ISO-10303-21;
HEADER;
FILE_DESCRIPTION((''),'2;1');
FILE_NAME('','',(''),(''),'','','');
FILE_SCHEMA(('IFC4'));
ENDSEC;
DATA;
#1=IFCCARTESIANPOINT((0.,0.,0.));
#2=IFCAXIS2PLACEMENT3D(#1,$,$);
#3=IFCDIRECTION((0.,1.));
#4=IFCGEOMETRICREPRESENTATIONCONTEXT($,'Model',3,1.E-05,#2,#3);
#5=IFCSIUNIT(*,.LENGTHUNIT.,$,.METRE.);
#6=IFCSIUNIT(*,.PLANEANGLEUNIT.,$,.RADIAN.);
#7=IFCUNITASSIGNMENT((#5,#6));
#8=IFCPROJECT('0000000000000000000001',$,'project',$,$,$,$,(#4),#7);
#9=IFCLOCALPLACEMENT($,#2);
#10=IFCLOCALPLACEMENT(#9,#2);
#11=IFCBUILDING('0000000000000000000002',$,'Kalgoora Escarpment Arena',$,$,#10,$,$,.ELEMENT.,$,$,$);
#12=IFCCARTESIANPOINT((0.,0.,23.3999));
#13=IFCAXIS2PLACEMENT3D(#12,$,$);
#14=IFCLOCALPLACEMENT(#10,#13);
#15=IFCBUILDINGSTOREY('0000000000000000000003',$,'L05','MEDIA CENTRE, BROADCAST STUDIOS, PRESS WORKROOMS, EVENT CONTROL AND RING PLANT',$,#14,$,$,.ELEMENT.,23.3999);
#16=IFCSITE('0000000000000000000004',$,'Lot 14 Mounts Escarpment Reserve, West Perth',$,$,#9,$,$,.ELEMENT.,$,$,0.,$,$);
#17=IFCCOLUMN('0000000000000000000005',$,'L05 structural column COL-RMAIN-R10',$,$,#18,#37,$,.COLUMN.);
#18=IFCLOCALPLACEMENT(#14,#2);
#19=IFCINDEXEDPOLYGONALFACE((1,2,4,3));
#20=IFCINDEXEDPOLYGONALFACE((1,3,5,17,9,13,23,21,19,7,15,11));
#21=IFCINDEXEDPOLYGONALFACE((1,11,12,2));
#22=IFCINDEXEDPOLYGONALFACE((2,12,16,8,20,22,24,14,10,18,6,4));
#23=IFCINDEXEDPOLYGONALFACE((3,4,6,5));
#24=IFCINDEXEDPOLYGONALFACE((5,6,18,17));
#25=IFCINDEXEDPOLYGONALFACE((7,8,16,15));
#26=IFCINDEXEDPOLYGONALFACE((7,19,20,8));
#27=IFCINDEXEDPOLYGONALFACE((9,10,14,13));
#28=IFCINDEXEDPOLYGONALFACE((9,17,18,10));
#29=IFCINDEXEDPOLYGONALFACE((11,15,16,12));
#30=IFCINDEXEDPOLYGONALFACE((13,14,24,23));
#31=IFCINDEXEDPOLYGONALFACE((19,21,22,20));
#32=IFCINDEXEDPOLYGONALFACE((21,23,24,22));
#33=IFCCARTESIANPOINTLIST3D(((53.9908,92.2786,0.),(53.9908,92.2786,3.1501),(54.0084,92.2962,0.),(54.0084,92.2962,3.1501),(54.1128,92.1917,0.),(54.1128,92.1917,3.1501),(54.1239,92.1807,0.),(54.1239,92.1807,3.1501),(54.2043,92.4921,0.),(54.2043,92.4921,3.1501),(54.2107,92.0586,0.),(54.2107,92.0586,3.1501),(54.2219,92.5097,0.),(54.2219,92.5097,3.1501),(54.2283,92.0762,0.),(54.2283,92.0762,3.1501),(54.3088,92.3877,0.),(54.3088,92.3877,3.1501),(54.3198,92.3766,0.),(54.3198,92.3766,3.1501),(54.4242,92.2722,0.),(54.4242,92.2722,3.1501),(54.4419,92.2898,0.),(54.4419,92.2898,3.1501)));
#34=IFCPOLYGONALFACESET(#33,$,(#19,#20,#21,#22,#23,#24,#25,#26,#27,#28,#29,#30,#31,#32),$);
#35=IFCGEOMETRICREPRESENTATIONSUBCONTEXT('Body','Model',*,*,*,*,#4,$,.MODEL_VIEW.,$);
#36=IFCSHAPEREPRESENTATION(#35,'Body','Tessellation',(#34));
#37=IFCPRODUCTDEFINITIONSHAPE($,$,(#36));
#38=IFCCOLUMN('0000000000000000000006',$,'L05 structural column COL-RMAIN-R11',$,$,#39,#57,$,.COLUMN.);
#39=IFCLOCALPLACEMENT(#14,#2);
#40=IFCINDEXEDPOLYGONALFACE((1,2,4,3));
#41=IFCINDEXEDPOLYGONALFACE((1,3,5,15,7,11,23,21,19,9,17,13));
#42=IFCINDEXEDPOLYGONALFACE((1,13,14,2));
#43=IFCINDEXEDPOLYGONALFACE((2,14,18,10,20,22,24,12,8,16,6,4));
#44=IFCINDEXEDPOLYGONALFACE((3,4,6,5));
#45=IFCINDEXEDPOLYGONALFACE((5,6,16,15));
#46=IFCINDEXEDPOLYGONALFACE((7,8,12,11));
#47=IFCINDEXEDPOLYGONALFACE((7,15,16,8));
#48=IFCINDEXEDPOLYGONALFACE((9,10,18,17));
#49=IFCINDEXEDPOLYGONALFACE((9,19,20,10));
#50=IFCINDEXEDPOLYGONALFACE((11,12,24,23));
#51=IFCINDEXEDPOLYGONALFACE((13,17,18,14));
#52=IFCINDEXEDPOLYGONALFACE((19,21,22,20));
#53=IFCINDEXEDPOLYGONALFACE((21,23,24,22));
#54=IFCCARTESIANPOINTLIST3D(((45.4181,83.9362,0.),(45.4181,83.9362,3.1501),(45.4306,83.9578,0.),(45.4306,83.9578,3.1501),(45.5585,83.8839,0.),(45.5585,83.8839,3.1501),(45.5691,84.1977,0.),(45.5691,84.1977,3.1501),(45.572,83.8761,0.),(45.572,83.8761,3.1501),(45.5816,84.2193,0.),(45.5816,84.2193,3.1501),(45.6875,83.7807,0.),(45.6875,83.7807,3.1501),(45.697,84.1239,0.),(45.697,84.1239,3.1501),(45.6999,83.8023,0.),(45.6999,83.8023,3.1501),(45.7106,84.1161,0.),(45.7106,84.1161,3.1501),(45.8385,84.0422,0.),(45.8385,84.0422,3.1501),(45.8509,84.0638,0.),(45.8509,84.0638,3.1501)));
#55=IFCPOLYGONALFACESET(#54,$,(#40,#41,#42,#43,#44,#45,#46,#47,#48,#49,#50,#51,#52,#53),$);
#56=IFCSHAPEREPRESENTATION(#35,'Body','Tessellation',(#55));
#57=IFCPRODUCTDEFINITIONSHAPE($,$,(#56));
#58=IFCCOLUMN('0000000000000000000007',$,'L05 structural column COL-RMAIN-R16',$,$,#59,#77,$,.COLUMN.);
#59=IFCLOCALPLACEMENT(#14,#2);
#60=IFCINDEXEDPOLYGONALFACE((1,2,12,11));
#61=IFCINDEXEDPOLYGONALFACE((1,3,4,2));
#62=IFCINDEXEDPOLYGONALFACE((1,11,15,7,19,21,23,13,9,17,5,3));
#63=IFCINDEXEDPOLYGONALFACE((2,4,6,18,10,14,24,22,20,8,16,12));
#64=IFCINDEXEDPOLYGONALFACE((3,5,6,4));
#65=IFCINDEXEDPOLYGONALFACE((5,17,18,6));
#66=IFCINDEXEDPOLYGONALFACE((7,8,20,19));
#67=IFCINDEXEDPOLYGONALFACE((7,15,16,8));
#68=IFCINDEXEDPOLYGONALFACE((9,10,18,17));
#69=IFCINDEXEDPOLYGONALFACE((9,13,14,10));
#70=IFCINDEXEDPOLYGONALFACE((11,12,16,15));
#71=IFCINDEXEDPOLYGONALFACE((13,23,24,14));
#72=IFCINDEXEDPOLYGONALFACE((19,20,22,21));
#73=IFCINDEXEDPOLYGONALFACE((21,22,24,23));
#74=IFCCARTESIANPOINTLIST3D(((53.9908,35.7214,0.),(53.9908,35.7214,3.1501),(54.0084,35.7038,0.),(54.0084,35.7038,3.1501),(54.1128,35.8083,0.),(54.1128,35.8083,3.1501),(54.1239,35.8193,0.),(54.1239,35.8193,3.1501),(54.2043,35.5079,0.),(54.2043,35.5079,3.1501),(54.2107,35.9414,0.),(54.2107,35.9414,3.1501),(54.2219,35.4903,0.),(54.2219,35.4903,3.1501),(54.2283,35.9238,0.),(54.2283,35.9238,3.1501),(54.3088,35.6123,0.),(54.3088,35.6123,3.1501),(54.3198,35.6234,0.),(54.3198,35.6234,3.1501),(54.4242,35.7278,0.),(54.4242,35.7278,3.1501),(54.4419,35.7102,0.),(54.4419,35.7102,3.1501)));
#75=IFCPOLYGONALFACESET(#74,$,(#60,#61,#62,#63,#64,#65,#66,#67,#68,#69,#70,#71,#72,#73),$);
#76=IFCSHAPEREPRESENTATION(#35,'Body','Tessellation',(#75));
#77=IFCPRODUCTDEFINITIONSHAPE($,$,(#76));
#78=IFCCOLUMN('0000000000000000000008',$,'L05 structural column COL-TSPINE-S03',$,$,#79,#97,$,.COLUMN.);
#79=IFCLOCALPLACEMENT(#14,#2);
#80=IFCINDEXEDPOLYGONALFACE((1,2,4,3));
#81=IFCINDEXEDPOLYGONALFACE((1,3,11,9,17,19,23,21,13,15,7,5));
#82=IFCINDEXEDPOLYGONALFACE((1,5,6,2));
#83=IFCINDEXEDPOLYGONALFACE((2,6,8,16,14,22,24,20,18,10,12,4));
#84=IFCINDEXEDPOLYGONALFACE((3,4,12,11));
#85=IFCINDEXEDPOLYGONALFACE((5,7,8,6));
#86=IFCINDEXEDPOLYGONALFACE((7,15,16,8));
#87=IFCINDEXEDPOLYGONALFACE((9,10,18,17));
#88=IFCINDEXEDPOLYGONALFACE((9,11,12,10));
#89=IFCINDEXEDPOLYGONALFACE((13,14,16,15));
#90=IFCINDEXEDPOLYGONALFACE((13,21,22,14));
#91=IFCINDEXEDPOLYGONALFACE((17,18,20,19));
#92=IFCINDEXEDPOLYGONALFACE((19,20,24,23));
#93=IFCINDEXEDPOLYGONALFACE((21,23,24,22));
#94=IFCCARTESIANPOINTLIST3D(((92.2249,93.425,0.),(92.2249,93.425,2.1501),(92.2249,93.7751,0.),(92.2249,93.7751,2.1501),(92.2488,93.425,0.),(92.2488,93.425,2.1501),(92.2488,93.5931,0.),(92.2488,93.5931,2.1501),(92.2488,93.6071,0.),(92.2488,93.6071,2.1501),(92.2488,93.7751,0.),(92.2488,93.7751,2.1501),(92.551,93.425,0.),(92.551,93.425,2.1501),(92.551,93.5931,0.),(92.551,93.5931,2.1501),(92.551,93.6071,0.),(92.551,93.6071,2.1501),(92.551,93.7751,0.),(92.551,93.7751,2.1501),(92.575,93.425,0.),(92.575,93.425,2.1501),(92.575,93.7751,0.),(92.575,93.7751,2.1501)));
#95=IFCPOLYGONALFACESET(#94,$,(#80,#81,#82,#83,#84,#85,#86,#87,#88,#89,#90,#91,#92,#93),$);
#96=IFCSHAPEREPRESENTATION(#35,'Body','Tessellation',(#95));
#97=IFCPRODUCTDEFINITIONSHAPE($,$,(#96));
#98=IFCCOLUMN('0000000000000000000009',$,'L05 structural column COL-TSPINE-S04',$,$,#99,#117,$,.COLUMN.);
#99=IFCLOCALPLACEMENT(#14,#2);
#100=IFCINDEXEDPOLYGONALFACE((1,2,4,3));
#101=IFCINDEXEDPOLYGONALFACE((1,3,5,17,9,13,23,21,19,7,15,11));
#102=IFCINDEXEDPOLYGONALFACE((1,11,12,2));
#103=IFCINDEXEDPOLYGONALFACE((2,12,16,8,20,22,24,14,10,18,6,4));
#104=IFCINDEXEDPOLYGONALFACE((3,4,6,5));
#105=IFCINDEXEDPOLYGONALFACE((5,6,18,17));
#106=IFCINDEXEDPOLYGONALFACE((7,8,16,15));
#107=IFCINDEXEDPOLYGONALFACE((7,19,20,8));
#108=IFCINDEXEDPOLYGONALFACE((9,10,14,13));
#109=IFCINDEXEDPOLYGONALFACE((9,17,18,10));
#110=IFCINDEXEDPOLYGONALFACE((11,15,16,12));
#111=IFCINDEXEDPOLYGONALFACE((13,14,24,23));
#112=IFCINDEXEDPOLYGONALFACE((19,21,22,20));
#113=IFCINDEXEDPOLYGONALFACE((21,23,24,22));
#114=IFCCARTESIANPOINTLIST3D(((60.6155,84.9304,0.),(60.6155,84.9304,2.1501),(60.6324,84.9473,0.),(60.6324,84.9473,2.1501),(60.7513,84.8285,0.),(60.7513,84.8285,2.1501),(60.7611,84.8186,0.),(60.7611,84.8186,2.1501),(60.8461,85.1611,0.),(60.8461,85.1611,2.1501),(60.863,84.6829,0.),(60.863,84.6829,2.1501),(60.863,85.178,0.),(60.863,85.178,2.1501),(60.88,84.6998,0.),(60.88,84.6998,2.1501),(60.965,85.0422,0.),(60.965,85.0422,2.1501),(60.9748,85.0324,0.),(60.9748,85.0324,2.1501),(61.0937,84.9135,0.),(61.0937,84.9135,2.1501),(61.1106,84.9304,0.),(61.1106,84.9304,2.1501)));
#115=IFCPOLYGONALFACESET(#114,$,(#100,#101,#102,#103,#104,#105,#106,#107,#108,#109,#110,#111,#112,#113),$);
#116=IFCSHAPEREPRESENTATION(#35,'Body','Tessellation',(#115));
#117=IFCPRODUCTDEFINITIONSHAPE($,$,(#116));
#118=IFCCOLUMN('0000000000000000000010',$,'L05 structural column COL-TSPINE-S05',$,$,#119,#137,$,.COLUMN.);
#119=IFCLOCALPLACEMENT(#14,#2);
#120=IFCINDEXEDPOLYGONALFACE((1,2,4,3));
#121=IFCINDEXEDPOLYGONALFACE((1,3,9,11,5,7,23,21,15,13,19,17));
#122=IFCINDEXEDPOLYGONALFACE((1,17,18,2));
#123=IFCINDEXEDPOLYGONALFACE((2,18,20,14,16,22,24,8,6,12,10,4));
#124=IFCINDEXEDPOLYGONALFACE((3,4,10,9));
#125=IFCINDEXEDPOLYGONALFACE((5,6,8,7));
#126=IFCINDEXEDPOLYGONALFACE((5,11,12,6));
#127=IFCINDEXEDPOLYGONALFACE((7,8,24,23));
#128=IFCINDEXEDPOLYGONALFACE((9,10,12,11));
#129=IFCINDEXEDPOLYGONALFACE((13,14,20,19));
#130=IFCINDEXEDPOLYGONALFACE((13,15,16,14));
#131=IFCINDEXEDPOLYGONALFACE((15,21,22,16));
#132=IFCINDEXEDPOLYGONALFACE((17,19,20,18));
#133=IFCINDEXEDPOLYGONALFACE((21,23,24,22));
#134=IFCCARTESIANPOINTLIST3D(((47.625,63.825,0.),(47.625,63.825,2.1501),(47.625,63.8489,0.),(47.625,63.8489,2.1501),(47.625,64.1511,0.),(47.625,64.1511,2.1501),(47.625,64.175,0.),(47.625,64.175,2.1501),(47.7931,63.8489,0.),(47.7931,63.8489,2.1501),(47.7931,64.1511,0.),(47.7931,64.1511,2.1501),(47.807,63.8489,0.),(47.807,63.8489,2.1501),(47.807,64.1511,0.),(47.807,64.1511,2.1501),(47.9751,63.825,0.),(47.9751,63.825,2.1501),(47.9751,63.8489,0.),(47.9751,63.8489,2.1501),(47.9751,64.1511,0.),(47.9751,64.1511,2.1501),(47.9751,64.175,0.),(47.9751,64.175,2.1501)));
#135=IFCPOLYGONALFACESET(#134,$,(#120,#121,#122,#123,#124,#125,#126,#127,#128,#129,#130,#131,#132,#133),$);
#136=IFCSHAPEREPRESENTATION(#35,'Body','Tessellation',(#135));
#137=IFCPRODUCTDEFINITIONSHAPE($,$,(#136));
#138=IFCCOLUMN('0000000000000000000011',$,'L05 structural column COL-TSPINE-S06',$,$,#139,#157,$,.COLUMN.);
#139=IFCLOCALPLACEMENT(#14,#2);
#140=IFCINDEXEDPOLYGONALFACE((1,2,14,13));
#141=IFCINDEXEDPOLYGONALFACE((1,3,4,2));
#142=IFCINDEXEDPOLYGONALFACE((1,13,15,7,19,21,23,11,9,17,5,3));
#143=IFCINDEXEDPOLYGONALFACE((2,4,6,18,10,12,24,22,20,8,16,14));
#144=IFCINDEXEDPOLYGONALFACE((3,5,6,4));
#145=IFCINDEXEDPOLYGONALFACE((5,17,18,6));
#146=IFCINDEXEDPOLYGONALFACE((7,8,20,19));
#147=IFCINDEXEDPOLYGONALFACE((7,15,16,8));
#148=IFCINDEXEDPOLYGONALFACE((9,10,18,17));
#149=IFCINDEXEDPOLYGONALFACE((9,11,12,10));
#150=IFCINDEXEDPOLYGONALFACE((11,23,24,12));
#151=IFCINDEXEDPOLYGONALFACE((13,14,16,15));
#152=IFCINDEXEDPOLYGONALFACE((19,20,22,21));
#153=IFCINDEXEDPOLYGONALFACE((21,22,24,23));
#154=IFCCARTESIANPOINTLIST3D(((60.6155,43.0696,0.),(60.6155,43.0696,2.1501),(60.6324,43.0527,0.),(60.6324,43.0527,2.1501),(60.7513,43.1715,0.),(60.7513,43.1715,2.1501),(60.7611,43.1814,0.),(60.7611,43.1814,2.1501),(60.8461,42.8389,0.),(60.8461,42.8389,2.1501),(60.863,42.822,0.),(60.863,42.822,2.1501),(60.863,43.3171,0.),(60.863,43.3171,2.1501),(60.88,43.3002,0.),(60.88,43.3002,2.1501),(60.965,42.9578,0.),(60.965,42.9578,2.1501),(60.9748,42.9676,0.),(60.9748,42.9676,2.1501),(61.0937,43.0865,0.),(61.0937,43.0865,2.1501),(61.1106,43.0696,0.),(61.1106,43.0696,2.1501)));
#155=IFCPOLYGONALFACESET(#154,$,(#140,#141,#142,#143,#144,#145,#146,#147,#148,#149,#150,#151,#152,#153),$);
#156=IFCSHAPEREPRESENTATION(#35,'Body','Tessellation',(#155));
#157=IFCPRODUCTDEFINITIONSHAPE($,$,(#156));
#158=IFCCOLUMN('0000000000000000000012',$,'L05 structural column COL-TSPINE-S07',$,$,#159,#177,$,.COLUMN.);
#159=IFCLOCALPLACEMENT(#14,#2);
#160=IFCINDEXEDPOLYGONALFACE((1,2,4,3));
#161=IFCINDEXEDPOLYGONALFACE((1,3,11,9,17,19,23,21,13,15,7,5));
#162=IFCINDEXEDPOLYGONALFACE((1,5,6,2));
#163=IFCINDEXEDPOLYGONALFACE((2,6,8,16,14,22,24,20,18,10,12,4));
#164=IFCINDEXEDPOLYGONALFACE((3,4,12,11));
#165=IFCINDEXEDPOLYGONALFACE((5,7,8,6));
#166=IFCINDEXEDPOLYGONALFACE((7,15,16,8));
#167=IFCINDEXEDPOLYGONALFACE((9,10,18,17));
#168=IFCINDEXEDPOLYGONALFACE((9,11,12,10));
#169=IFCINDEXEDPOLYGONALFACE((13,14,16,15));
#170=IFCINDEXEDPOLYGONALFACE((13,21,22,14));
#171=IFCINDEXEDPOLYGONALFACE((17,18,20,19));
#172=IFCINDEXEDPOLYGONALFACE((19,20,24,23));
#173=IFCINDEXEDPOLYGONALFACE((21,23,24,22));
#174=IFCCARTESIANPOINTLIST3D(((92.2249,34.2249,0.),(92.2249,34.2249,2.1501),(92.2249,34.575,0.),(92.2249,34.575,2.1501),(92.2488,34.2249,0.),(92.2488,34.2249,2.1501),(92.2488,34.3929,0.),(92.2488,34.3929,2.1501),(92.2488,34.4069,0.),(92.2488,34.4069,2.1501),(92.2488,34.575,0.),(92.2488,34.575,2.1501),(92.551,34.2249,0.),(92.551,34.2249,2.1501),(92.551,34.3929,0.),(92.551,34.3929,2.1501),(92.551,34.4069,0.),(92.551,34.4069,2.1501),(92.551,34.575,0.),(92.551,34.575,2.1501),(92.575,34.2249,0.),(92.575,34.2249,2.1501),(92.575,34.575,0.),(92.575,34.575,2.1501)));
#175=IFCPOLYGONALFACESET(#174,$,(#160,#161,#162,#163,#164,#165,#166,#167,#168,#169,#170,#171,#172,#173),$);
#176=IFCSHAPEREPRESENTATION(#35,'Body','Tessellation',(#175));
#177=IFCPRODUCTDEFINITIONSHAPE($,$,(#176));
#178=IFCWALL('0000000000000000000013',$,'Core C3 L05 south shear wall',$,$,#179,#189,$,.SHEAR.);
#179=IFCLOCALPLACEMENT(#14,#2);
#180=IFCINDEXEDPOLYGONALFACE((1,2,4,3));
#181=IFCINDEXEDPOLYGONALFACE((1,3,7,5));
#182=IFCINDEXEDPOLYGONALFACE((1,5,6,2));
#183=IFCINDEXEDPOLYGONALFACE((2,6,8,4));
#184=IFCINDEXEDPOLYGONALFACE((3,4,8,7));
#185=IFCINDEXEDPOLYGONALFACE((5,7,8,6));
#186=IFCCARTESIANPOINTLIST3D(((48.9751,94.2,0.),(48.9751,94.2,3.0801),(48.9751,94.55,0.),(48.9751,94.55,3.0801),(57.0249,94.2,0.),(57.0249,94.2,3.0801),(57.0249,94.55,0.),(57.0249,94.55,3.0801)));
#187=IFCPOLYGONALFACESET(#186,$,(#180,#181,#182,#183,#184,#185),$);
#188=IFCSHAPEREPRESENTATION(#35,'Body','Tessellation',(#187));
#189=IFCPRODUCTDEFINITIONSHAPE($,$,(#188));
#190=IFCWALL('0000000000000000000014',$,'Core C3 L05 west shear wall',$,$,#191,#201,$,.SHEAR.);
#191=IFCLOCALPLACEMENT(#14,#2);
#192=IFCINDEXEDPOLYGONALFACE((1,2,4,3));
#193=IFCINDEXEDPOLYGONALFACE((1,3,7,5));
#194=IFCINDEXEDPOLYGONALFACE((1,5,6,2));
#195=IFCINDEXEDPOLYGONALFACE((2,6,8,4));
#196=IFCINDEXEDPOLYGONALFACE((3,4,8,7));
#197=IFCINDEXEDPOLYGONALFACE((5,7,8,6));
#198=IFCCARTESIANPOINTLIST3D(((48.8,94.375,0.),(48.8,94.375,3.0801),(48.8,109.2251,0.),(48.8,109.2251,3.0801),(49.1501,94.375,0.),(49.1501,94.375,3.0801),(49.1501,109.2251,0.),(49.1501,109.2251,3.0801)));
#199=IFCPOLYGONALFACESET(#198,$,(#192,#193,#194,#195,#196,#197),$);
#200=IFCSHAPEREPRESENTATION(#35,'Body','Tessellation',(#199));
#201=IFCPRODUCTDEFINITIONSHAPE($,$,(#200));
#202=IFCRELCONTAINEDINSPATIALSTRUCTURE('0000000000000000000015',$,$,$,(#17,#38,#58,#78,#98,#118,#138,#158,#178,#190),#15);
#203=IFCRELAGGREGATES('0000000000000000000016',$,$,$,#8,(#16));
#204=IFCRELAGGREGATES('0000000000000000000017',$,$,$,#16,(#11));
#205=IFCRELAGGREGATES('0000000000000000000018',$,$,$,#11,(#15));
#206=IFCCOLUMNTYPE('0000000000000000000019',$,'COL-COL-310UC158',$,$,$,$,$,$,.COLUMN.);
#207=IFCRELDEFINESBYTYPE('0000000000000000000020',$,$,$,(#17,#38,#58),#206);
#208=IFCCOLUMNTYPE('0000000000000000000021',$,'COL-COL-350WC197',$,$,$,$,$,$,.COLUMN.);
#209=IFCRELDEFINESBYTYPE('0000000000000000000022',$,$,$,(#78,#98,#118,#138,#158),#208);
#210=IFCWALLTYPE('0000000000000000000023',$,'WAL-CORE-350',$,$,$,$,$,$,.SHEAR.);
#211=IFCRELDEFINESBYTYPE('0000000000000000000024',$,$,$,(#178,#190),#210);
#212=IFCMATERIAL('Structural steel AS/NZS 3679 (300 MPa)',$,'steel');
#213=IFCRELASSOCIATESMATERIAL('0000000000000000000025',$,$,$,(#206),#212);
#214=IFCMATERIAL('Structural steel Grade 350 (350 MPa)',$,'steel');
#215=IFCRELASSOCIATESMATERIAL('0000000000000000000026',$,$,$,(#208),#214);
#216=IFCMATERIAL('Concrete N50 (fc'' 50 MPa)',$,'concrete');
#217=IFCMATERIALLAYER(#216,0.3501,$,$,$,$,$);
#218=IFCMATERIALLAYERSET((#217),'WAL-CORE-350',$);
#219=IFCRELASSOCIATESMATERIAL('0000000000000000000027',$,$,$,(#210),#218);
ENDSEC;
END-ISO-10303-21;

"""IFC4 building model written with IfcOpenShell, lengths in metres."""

from ifc_helpers import new_model, si_unit, direction, frame, frame_2d, origin, origin_2d, place, context, subcontext, project, spatial, rectangle, i_section, extrude, material, layer, layer_set, material_profile, profile_set, type_object, element, save


model = new_model("IFC4")

# Units and contexts
model_context = context("Model", 3, precision=1e-05, world=origin(), true_north=direction((0.0, 1.0)))
body_context = subcontext(model_context, "Body", "Model", "MODEL_VIEW")
ifc_project = project(units=[si_unit("LENGTHUNIT", "METRE"), si_unit("PLANEANGLEUNIT", "RADIAN")], contexts=[model_context])

# Site, building, storey
site_placement = place(None, origin())
site = spatial("IfcSite", under=ifc_project, at=site_placement, Name="Lot 14 Mounts Escarpment Reserve, West Perth", CompositionType="ELEMENT", RefElevation=0.0)
building_placement = place(site_placement, origin())
building = spatial("IfcBuilding", under=site, at=building_placement, Name="Kalgoora Escarpment Arena", CompositionType="ELEMENT")
storey_placement = place(building_placement, frame((0.0, 0.0, 23.3999)))
storey = spatial("IfcBuildingStorey", under=building, at=storey_placement, Name="L05", Description="MEDIA CENTRE, BROADCAST STUDIOS, PRESS WORKROOMS, EVENT CONTROL AND RING PLANT", CompositionType="ELEMENT", Elevation=23.3999)

# Columns
ifc_material_1 = material(Name="Structural steel AS/NZS 3679 (300 MPa)", Category="steel")
ifc_material_profile_1 = material_profile(ifc_material_1, i_section(OverallWidth=0.311, OverallDepth=0.3269, WebThickness=0.0156, FlangeThickness=0.0249, at=origin_2d()))
ifc_profile_set_1 = profile_set([ifc_material_profile_1], Name="Structural steel AS/NZS 3679 (300 MPa)")
column_type_1 = type_object("IfcColumnType", Name="COL-COL-310UC158", PredefinedType="COLUMN", material=ifc_profile_set_1)
for number, where, z_axis, x_axis, name in (
    (1, (54.2163, 92.2842, 0.0), (0.0, 0.0, 1.0), (-0.707107, 0.707107, 0.0), "L05 structural column COL-RMAIN-R10"),
    (2, (45.6345, 84.0, 0.0), (0.0, 0.0, 1.0), (-0.866025, 0.5, 0.0), "L05 structural column COL-RMAIN-R11"),
    (3, (54.2163, 35.7158, 0.0), (0.0, 0.0, 1.0), (-0.707107, -0.707107, 0.0), "L05 structural column COL-RMAIN-R16"),
):
    element("IfcColumn", number, at=place(storey_placement, frame(where, z_axis=z_axis, x_axis=x_axis)), inside=storey, type_object=column_type_1, Name=name, PredefinedType="COLUMN", context=body_context, shape_type="SweptSolid", body=[
        extrude(i_section(OverallWidth=0.311, OverallDepth=0.3269, WebThickness=0.0156, FlangeThickness=0.0249, at=origin_2d()), origin(), (0.0, 0.0, 1.0), 3.1501),
    ])
ifc_material_2 = material(Name="Structural steel Grade 350 (350 MPa)", Category="steel")
ifc_material_profile_2 = material_profile(ifc_material_2, i_section(OverallWidth=0.3501, OverallDepth=0.3501, WebThickness=0.0139, FlangeThickness=0.0239, at=origin_2d()))
ifc_profile_set_2 = profile_set([ifc_material_profile_2], Name="Structural steel Grade 350 (350 MPa)")
column_type_2 = type_object("IfcColumnType", Name="COL-COL-350WC197", PredefinedType="COLUMN", material=ifc_profile_set_2)
for number, where, z_axis, x_axis, name in (
    (4, (92.3999, 93.6001, 0.0), (0.0, 0.0, 1.0), (0.0, 1.0, 0.0), "L05 structural column COL-TSPINE-S03"),
    (5, (60.863, 84.9304, 0.0), (0.0, 0.0, 1.0), (-0.707107, 0.707107, 0.0), "L05 structural column COL-TSPINE-S04"),
    (6, (47.8, 64.0, 0.0), (0.0, 0.0, 1.0), (-1.0, 0.0, 0.0), "L05 structural column COL-TSPINE-S05"),
    (7, (60.863, 43.0696, 0.0), (0.0, 0.0, 1.0), (-0.707107, -0.707107, 0.0), "L05 structural column COL-TSPINE-S06"),
    (8, (92.3999, 34.3999, 0.0), (0.0, 0.0, 1.0), (0.0, -1.0, 0.0), "L05 structural column COL-TSPINE-S07"),
):
    element("IfcColumn", number, at=place(storey_placement, frame(where, z_axis=z_axis, x_axis=x_axis)), inside=storey, type_object=column_type_2, Name=name, PredefinedType="COLUMN", context=body_context, shape_type="SweptSolid", body=[
        extrude(i_section(OverallWidth=0.3501, OverallDepth=0.3501, WebThickness=0.0139, FlangeThickness=0.0239, at=origin_2d()), origin(), (0.0, 0.0, 1.0), 2.1501),
    ])

# Walls
ifc_material_3 = material(Name="Concrete N50 (fc' 50 MPa)", Category="concrete")
ifc_layer_1 = layer(ifc_material_3, 0.3501)
ifc_layer_set_1 = layer_set([ifc_layer_1], Name="WAL-CORE-350")
wall_type_1 = type_object("IfcWallType", Name="WAL-CORE-350", PredefinedType="SHEAR", material=ifc_layer_set_1)
wall_1_placement = place(storey_placement, frame((48.9751, 94.375, 0.0), z_axis=(0.0, 0.0, 1.0), x_axis=(1.0, 0.0, 0.0)))
element("IfcWall", 9, at=wall_1_placement, inside=storey, type_object=wall_type_1, Name="Core C3 L05 south shear wall", PredefinedType="SHEAR", context=body_context, shape_type="SweptSolid", body=[
    extrude(rectangle(XDim=8.0498, YDim=0.3501, at=frame_2d((4.0249, 0.0))), origin(), (0.0, 0.0, 1.0), 3.0801),
])
wall_2_placement = place(storey_placement, frame((48.9751, 94.375, 0.0), z_axis=(0.0, 0.0, 1.0), x_axis=(0.0, 1.0, 0.0)))
element("IfcWall", 10, at=wall_2_placement, inside=storey, type_object=wall_type_1, Name="Core C3 L05 west shear wall", PredefinedType="SHEAR", context=body_context, shape_type="SweptSolid", body=[
    extrude(rectangle(XDim=14.8501, YDim=0.3501, at=frame_2d((7.425, 0.0))), origin(), (0.0, 0.0, 1.0), 3.0801),
])

save(model, "model.ifc")
